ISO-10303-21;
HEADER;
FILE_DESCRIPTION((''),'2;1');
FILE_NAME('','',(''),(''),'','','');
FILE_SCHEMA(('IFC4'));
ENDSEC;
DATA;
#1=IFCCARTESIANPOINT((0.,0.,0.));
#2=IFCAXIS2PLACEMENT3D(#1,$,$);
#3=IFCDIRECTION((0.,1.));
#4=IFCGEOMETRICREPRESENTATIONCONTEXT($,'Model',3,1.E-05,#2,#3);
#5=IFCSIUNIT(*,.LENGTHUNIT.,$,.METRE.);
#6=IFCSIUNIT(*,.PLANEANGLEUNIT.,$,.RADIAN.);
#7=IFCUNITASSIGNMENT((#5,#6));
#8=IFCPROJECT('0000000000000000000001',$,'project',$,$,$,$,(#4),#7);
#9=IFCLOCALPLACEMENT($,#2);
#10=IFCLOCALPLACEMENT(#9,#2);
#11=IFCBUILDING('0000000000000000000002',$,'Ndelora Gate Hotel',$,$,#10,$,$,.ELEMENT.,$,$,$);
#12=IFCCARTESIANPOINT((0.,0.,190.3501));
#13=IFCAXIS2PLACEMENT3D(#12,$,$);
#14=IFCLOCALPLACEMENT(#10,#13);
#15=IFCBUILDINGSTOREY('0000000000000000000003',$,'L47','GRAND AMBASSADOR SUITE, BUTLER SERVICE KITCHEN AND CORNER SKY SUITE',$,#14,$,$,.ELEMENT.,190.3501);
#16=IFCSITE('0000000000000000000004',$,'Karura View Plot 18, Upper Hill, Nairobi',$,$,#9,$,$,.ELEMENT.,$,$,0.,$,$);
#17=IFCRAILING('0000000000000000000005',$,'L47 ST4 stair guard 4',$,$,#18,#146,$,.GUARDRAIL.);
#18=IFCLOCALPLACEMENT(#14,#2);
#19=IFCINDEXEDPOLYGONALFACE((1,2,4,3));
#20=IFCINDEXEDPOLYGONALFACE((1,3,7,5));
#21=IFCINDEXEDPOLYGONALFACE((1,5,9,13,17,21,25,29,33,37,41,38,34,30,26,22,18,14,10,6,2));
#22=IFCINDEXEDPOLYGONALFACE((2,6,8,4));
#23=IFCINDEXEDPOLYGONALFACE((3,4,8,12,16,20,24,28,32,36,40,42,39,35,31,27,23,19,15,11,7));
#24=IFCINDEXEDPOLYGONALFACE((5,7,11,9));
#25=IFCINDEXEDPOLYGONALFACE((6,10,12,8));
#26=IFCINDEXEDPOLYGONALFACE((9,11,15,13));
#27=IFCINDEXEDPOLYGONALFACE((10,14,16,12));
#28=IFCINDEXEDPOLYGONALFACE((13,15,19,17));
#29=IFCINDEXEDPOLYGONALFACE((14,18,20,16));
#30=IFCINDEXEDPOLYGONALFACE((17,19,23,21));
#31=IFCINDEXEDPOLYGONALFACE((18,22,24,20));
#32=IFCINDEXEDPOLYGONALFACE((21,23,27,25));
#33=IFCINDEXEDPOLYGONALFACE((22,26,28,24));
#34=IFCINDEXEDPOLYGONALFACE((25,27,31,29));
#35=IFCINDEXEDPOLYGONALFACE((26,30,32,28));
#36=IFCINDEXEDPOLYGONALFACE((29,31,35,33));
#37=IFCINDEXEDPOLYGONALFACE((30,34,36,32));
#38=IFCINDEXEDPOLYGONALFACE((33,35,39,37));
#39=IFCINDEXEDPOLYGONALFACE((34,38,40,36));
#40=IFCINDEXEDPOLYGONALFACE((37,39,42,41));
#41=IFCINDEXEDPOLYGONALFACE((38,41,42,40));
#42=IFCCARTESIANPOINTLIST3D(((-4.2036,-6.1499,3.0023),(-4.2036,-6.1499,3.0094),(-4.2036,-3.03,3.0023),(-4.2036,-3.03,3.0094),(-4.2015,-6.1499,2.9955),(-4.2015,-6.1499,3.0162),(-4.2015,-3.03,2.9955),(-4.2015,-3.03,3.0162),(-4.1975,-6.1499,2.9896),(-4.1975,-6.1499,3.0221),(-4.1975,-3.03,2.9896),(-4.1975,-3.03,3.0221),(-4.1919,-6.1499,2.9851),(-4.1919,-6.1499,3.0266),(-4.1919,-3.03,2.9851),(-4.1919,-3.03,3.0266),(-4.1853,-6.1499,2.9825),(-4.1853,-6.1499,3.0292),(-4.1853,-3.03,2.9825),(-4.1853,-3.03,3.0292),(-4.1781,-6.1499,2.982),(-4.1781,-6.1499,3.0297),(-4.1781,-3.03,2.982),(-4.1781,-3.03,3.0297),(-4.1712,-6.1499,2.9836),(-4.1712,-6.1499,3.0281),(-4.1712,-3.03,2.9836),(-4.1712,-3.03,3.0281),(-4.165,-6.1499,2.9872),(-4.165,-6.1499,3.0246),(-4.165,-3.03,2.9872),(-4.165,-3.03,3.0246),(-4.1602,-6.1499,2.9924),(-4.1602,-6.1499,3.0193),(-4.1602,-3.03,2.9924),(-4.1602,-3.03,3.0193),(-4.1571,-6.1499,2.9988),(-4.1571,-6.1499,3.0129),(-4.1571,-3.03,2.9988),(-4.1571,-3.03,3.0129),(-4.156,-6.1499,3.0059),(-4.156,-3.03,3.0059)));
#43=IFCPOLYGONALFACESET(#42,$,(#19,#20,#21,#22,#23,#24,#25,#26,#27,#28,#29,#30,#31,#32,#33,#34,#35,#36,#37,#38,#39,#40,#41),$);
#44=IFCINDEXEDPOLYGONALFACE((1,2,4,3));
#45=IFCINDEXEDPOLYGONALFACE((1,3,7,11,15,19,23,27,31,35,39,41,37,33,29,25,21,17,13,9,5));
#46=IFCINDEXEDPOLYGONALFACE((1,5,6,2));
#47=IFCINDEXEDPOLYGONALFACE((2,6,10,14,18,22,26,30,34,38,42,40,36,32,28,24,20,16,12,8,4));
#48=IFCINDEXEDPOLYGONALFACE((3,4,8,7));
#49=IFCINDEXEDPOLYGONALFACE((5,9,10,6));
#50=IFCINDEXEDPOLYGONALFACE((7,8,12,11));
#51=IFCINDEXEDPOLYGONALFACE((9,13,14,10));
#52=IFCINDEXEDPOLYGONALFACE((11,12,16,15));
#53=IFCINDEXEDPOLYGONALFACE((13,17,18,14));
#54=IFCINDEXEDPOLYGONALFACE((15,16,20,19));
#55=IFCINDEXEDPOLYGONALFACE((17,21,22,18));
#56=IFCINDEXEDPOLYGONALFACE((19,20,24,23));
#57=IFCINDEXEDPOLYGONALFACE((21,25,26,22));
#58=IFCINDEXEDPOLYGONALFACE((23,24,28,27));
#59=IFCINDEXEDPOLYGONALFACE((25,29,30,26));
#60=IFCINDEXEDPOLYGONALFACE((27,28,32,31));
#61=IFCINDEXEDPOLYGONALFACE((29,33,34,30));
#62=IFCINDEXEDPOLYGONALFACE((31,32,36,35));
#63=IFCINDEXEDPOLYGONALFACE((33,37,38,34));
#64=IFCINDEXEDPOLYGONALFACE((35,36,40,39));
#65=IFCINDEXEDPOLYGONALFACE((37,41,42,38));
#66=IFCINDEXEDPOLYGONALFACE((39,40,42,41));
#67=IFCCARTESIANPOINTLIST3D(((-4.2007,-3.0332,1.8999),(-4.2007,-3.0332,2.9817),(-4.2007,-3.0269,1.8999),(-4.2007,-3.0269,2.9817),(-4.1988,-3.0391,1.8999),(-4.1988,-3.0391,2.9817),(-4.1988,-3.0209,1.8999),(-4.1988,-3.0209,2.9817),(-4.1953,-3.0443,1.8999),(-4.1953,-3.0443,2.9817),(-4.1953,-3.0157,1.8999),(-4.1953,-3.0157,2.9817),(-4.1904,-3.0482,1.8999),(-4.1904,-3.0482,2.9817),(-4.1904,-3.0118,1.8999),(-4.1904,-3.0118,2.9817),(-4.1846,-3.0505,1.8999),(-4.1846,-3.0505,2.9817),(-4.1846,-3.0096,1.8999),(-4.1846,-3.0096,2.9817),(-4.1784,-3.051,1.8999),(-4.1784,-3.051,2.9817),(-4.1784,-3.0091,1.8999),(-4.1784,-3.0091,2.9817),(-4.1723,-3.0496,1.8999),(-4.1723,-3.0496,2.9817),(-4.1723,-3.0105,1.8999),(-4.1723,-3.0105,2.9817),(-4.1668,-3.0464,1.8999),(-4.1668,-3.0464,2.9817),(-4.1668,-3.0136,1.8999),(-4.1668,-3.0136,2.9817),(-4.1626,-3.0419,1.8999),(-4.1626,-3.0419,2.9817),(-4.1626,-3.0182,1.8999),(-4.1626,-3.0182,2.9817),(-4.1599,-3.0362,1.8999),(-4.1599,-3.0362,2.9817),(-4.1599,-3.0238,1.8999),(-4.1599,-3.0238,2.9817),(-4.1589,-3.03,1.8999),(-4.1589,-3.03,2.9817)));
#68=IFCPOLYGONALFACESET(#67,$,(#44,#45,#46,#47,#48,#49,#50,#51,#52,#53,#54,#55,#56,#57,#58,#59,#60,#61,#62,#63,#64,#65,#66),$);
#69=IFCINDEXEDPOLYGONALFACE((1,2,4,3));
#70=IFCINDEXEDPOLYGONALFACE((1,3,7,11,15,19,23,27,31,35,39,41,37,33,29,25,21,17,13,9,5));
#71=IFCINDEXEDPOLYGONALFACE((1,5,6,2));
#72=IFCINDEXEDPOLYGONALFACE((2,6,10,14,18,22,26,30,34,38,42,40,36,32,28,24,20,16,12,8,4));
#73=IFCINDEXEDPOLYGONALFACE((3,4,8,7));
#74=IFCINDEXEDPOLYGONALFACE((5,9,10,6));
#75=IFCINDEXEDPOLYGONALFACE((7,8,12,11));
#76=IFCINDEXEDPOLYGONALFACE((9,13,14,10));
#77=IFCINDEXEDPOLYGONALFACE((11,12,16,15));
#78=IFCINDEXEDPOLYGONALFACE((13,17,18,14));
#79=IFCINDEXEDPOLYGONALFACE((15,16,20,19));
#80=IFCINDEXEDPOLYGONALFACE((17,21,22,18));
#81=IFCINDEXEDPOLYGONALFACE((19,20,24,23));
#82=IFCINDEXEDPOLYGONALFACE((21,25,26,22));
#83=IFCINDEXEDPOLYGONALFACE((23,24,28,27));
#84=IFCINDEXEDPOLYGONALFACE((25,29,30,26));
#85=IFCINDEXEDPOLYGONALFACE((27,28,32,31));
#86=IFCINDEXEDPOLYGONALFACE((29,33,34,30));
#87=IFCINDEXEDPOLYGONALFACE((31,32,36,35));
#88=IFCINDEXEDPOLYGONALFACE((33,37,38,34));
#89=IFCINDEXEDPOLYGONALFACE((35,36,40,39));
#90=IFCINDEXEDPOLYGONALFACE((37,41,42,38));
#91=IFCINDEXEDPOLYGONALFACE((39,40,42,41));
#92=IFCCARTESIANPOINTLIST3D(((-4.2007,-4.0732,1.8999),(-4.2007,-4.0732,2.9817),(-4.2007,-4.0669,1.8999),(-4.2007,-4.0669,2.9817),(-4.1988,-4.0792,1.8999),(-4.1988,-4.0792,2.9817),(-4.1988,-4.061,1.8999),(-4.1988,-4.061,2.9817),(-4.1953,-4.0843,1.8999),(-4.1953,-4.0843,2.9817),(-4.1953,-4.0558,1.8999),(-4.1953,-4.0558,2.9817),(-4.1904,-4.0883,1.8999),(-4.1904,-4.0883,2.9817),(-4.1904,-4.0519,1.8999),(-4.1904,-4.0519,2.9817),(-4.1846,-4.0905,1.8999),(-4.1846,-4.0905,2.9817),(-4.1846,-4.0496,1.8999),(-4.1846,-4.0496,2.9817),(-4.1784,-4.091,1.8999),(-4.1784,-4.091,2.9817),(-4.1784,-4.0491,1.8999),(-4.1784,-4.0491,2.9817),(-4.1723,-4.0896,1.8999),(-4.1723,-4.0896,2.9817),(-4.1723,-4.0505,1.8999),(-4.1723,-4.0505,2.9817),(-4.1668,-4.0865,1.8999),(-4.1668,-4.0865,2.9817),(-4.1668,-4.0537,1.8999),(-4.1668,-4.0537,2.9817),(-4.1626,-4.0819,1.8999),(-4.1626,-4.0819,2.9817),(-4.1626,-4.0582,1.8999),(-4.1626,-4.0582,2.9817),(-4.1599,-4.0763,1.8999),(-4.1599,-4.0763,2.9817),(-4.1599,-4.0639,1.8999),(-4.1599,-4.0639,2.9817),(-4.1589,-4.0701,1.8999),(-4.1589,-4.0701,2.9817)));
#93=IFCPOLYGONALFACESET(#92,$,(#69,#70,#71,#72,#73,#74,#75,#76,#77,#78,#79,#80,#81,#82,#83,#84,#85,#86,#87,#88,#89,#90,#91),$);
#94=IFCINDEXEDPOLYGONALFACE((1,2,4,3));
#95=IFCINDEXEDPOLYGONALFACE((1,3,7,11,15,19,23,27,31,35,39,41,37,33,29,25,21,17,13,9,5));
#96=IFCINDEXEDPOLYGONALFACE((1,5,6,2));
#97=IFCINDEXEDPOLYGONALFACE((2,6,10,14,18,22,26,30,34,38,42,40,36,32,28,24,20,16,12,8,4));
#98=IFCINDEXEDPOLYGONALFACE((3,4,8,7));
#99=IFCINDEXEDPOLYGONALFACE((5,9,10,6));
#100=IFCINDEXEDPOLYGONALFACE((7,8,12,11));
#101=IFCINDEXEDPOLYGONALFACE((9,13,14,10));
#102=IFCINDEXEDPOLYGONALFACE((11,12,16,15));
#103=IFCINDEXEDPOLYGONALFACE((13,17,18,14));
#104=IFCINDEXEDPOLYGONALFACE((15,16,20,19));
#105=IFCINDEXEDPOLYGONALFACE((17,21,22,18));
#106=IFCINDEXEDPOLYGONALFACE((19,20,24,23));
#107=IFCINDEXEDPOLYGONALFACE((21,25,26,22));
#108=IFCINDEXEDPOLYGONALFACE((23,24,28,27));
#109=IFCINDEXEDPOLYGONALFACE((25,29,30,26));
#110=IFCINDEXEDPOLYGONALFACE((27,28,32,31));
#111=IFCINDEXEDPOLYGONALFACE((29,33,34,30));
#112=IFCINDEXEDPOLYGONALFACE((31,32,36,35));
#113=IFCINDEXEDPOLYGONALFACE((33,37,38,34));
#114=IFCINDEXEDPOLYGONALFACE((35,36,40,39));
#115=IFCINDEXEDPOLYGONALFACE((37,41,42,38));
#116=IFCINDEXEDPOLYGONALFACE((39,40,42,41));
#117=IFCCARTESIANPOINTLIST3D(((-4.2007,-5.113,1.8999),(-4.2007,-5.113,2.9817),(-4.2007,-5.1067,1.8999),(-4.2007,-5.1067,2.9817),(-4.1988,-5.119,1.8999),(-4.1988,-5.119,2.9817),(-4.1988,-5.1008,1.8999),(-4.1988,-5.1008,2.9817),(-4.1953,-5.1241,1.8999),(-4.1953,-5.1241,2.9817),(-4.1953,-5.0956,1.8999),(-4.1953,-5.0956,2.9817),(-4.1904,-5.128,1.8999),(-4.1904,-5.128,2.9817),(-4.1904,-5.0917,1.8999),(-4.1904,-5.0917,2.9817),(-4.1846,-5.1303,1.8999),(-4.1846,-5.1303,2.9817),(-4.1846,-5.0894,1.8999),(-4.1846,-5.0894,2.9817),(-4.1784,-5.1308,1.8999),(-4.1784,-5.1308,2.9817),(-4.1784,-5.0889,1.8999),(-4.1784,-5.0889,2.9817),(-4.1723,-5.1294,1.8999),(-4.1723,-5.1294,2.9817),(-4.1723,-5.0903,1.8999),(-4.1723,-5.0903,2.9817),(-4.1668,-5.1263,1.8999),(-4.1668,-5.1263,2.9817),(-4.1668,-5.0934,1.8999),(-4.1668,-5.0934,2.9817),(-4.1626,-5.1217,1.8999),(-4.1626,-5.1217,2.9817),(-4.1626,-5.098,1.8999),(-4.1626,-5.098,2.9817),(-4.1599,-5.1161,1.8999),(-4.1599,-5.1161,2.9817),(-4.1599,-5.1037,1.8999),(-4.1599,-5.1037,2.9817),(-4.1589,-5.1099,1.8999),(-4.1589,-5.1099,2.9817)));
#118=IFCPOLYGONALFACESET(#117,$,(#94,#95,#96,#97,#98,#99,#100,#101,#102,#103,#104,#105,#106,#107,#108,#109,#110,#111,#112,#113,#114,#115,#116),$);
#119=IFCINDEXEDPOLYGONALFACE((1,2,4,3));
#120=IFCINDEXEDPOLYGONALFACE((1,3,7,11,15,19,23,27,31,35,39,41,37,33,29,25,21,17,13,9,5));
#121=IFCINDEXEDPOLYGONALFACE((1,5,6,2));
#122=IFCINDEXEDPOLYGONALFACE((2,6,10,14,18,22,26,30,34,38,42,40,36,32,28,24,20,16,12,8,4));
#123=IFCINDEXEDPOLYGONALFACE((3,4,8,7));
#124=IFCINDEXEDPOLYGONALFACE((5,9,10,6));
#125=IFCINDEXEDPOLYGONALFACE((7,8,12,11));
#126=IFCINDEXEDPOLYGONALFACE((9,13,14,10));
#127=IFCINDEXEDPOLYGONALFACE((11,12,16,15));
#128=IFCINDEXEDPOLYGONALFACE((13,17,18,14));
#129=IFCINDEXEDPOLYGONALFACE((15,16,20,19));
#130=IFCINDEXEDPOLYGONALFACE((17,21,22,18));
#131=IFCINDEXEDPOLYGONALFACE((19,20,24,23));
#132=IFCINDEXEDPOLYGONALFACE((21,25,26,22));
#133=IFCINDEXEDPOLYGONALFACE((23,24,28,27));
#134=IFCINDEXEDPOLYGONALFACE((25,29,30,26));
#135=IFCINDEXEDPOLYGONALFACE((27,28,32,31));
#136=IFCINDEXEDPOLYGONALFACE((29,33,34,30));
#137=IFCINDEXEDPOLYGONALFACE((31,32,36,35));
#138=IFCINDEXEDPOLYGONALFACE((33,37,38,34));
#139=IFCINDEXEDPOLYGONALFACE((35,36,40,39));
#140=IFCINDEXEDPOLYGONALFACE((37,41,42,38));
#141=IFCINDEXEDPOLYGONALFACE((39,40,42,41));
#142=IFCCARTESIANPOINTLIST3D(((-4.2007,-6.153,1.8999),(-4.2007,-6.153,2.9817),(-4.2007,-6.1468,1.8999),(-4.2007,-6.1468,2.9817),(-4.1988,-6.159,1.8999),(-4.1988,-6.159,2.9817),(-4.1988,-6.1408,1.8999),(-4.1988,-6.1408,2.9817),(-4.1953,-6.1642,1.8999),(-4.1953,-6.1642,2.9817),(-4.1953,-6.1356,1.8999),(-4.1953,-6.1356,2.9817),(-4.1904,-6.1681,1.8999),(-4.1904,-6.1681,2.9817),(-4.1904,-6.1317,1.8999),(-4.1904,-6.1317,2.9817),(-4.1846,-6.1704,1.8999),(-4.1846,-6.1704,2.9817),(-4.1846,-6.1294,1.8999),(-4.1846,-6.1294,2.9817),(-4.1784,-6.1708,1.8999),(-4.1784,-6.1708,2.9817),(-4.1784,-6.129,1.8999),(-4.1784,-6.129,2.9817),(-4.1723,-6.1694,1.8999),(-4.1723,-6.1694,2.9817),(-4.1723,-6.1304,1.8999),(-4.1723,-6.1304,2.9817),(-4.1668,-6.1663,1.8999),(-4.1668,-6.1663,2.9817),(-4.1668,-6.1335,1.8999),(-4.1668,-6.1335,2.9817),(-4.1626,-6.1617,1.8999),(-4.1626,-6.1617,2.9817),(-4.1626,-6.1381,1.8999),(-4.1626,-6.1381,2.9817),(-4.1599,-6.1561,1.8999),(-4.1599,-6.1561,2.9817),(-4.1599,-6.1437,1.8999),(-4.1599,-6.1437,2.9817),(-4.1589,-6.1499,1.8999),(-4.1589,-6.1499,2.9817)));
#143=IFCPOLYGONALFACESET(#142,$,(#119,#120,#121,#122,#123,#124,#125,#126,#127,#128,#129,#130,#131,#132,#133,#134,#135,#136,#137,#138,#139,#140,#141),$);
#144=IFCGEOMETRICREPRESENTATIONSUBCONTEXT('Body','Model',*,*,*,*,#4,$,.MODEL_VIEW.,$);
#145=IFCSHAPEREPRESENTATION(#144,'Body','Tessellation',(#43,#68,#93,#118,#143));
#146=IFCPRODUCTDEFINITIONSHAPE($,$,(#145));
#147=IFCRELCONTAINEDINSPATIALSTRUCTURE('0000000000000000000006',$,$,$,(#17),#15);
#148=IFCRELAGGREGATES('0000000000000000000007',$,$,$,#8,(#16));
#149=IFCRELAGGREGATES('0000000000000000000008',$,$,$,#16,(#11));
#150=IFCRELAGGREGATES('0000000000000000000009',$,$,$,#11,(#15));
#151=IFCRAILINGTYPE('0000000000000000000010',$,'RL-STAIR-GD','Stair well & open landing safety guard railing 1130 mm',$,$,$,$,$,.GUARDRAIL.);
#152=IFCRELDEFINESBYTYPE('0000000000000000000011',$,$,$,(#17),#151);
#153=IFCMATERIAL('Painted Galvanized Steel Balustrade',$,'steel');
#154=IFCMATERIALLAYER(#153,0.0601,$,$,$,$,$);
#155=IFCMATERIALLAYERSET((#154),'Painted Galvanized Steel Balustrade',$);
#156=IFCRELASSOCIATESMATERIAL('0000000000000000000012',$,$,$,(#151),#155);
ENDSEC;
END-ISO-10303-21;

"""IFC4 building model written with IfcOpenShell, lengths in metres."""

from ifc_helpers import new_model, si_unit, direction, frame, origin, origin_2d, place, context, subcontext, project, spatial, circle, extrude, material, layer, layer_set, type_object, element, save


model = new_model("IFC4")

# Units and contexts
model_context = context("Model", 3, precision=1e-05, world=origin(), true_north=direction((0.0, 1.0)))
body_context = subcontext(model_context, "Body", "Model", "MODEL_VIEW")
ifc_project = project(units=[si_unit("LENGTHUNIT", "METRE"), si_unit("PLANEANGLEUNIT", "RADIAN")], contexts=[model_context])

# Site, building, storey
site_placement = place(None, origin())
site = spatial("IfcSite", under=ifc_project, at=site_placement, Name="Karura View Plot 18, Upper Hill, Nairobi", CompositionType="ELEMENT", RefElevation=0.0)
building_placement = place(site_placement, origin())
building = spatial("IfcBuilding", under=site, at=building_placement, Name="Ndelora Gate Hotel", CompositionType="ELEMENT")
storey_placement = place(building_placement, frame((0.0, 0.0, 190.3501)))
storey = spatial("IfcBuildingStorey", under=building, at=storey_placement, Name="L47", Description="GRAND AMBASSADOR SUITE, BUTLER SERVICE KITCHEN AND CORNER SKY SUITE", CompositionType="ELEMENT", Elevation=190.3501)

# Railing
ifc_material_1 = material(Name="Painted Galvanized Steel Balustrade", Category="steel")
ifc_layer_1 = layer(ifc_material_1, 0.0601)
ifc_layer_set_1 = layer_set([ifc_layer_1], Name="Painted Galvanized Steel Balustrade")
railing_type_1 = type_object("IfcRailingType", Name="RL-STAIR-GD", Description="Stair well & open landing safety guard railing 1130 mm", PredefinedType="GUARDRAIL", material=ifc_layer_set_1)
for number, where, name in (
    (1, (-4.1799, -3.03, 1.8999), "L47 ST4 stair guard 4"),
):
    element("IfcRailing", number, at=place(storey_placement, frame(where)), inside=storey, type_object=railing_type_1, Name=name, PredefinedType="GUARDRAIL", context=body_context, shape_type="SweptSolid", body=[
        extrude(circle(Radius=0.0239, at=origin_2d()), frame((0.0, 0.0, 1.106), z_axis=(0.0, -1.0, 0.0), x_axis=(1.0, 0.0, 0.0)), (0.0, 0.0, 1.0), 3.1199),
        extrude(circle(Radius=0.021, at=origin_2d()), origin(), (0.0, 0.0, 1.0), 1.0818),
        extrude(circle(Radius=0.021, at=origin_2d()), frame((0.0, -1.04, 0.0)), (0.0, 0.0, 1.0), 1.0818),
        extrude(circle(Radius=0.021, at=origin_2d()), frame((0.0, -2.0798, 0.0)), (0.0, 0.0, 1.0), 1.0818),
        extrude(circle(Radius=0.021, at=origin_2d()), frame((0.0, -3.1199, 0.0)), (0.0, 0.0, 1.0), 1.0818),
    ])

save(model, "model.ifc")
